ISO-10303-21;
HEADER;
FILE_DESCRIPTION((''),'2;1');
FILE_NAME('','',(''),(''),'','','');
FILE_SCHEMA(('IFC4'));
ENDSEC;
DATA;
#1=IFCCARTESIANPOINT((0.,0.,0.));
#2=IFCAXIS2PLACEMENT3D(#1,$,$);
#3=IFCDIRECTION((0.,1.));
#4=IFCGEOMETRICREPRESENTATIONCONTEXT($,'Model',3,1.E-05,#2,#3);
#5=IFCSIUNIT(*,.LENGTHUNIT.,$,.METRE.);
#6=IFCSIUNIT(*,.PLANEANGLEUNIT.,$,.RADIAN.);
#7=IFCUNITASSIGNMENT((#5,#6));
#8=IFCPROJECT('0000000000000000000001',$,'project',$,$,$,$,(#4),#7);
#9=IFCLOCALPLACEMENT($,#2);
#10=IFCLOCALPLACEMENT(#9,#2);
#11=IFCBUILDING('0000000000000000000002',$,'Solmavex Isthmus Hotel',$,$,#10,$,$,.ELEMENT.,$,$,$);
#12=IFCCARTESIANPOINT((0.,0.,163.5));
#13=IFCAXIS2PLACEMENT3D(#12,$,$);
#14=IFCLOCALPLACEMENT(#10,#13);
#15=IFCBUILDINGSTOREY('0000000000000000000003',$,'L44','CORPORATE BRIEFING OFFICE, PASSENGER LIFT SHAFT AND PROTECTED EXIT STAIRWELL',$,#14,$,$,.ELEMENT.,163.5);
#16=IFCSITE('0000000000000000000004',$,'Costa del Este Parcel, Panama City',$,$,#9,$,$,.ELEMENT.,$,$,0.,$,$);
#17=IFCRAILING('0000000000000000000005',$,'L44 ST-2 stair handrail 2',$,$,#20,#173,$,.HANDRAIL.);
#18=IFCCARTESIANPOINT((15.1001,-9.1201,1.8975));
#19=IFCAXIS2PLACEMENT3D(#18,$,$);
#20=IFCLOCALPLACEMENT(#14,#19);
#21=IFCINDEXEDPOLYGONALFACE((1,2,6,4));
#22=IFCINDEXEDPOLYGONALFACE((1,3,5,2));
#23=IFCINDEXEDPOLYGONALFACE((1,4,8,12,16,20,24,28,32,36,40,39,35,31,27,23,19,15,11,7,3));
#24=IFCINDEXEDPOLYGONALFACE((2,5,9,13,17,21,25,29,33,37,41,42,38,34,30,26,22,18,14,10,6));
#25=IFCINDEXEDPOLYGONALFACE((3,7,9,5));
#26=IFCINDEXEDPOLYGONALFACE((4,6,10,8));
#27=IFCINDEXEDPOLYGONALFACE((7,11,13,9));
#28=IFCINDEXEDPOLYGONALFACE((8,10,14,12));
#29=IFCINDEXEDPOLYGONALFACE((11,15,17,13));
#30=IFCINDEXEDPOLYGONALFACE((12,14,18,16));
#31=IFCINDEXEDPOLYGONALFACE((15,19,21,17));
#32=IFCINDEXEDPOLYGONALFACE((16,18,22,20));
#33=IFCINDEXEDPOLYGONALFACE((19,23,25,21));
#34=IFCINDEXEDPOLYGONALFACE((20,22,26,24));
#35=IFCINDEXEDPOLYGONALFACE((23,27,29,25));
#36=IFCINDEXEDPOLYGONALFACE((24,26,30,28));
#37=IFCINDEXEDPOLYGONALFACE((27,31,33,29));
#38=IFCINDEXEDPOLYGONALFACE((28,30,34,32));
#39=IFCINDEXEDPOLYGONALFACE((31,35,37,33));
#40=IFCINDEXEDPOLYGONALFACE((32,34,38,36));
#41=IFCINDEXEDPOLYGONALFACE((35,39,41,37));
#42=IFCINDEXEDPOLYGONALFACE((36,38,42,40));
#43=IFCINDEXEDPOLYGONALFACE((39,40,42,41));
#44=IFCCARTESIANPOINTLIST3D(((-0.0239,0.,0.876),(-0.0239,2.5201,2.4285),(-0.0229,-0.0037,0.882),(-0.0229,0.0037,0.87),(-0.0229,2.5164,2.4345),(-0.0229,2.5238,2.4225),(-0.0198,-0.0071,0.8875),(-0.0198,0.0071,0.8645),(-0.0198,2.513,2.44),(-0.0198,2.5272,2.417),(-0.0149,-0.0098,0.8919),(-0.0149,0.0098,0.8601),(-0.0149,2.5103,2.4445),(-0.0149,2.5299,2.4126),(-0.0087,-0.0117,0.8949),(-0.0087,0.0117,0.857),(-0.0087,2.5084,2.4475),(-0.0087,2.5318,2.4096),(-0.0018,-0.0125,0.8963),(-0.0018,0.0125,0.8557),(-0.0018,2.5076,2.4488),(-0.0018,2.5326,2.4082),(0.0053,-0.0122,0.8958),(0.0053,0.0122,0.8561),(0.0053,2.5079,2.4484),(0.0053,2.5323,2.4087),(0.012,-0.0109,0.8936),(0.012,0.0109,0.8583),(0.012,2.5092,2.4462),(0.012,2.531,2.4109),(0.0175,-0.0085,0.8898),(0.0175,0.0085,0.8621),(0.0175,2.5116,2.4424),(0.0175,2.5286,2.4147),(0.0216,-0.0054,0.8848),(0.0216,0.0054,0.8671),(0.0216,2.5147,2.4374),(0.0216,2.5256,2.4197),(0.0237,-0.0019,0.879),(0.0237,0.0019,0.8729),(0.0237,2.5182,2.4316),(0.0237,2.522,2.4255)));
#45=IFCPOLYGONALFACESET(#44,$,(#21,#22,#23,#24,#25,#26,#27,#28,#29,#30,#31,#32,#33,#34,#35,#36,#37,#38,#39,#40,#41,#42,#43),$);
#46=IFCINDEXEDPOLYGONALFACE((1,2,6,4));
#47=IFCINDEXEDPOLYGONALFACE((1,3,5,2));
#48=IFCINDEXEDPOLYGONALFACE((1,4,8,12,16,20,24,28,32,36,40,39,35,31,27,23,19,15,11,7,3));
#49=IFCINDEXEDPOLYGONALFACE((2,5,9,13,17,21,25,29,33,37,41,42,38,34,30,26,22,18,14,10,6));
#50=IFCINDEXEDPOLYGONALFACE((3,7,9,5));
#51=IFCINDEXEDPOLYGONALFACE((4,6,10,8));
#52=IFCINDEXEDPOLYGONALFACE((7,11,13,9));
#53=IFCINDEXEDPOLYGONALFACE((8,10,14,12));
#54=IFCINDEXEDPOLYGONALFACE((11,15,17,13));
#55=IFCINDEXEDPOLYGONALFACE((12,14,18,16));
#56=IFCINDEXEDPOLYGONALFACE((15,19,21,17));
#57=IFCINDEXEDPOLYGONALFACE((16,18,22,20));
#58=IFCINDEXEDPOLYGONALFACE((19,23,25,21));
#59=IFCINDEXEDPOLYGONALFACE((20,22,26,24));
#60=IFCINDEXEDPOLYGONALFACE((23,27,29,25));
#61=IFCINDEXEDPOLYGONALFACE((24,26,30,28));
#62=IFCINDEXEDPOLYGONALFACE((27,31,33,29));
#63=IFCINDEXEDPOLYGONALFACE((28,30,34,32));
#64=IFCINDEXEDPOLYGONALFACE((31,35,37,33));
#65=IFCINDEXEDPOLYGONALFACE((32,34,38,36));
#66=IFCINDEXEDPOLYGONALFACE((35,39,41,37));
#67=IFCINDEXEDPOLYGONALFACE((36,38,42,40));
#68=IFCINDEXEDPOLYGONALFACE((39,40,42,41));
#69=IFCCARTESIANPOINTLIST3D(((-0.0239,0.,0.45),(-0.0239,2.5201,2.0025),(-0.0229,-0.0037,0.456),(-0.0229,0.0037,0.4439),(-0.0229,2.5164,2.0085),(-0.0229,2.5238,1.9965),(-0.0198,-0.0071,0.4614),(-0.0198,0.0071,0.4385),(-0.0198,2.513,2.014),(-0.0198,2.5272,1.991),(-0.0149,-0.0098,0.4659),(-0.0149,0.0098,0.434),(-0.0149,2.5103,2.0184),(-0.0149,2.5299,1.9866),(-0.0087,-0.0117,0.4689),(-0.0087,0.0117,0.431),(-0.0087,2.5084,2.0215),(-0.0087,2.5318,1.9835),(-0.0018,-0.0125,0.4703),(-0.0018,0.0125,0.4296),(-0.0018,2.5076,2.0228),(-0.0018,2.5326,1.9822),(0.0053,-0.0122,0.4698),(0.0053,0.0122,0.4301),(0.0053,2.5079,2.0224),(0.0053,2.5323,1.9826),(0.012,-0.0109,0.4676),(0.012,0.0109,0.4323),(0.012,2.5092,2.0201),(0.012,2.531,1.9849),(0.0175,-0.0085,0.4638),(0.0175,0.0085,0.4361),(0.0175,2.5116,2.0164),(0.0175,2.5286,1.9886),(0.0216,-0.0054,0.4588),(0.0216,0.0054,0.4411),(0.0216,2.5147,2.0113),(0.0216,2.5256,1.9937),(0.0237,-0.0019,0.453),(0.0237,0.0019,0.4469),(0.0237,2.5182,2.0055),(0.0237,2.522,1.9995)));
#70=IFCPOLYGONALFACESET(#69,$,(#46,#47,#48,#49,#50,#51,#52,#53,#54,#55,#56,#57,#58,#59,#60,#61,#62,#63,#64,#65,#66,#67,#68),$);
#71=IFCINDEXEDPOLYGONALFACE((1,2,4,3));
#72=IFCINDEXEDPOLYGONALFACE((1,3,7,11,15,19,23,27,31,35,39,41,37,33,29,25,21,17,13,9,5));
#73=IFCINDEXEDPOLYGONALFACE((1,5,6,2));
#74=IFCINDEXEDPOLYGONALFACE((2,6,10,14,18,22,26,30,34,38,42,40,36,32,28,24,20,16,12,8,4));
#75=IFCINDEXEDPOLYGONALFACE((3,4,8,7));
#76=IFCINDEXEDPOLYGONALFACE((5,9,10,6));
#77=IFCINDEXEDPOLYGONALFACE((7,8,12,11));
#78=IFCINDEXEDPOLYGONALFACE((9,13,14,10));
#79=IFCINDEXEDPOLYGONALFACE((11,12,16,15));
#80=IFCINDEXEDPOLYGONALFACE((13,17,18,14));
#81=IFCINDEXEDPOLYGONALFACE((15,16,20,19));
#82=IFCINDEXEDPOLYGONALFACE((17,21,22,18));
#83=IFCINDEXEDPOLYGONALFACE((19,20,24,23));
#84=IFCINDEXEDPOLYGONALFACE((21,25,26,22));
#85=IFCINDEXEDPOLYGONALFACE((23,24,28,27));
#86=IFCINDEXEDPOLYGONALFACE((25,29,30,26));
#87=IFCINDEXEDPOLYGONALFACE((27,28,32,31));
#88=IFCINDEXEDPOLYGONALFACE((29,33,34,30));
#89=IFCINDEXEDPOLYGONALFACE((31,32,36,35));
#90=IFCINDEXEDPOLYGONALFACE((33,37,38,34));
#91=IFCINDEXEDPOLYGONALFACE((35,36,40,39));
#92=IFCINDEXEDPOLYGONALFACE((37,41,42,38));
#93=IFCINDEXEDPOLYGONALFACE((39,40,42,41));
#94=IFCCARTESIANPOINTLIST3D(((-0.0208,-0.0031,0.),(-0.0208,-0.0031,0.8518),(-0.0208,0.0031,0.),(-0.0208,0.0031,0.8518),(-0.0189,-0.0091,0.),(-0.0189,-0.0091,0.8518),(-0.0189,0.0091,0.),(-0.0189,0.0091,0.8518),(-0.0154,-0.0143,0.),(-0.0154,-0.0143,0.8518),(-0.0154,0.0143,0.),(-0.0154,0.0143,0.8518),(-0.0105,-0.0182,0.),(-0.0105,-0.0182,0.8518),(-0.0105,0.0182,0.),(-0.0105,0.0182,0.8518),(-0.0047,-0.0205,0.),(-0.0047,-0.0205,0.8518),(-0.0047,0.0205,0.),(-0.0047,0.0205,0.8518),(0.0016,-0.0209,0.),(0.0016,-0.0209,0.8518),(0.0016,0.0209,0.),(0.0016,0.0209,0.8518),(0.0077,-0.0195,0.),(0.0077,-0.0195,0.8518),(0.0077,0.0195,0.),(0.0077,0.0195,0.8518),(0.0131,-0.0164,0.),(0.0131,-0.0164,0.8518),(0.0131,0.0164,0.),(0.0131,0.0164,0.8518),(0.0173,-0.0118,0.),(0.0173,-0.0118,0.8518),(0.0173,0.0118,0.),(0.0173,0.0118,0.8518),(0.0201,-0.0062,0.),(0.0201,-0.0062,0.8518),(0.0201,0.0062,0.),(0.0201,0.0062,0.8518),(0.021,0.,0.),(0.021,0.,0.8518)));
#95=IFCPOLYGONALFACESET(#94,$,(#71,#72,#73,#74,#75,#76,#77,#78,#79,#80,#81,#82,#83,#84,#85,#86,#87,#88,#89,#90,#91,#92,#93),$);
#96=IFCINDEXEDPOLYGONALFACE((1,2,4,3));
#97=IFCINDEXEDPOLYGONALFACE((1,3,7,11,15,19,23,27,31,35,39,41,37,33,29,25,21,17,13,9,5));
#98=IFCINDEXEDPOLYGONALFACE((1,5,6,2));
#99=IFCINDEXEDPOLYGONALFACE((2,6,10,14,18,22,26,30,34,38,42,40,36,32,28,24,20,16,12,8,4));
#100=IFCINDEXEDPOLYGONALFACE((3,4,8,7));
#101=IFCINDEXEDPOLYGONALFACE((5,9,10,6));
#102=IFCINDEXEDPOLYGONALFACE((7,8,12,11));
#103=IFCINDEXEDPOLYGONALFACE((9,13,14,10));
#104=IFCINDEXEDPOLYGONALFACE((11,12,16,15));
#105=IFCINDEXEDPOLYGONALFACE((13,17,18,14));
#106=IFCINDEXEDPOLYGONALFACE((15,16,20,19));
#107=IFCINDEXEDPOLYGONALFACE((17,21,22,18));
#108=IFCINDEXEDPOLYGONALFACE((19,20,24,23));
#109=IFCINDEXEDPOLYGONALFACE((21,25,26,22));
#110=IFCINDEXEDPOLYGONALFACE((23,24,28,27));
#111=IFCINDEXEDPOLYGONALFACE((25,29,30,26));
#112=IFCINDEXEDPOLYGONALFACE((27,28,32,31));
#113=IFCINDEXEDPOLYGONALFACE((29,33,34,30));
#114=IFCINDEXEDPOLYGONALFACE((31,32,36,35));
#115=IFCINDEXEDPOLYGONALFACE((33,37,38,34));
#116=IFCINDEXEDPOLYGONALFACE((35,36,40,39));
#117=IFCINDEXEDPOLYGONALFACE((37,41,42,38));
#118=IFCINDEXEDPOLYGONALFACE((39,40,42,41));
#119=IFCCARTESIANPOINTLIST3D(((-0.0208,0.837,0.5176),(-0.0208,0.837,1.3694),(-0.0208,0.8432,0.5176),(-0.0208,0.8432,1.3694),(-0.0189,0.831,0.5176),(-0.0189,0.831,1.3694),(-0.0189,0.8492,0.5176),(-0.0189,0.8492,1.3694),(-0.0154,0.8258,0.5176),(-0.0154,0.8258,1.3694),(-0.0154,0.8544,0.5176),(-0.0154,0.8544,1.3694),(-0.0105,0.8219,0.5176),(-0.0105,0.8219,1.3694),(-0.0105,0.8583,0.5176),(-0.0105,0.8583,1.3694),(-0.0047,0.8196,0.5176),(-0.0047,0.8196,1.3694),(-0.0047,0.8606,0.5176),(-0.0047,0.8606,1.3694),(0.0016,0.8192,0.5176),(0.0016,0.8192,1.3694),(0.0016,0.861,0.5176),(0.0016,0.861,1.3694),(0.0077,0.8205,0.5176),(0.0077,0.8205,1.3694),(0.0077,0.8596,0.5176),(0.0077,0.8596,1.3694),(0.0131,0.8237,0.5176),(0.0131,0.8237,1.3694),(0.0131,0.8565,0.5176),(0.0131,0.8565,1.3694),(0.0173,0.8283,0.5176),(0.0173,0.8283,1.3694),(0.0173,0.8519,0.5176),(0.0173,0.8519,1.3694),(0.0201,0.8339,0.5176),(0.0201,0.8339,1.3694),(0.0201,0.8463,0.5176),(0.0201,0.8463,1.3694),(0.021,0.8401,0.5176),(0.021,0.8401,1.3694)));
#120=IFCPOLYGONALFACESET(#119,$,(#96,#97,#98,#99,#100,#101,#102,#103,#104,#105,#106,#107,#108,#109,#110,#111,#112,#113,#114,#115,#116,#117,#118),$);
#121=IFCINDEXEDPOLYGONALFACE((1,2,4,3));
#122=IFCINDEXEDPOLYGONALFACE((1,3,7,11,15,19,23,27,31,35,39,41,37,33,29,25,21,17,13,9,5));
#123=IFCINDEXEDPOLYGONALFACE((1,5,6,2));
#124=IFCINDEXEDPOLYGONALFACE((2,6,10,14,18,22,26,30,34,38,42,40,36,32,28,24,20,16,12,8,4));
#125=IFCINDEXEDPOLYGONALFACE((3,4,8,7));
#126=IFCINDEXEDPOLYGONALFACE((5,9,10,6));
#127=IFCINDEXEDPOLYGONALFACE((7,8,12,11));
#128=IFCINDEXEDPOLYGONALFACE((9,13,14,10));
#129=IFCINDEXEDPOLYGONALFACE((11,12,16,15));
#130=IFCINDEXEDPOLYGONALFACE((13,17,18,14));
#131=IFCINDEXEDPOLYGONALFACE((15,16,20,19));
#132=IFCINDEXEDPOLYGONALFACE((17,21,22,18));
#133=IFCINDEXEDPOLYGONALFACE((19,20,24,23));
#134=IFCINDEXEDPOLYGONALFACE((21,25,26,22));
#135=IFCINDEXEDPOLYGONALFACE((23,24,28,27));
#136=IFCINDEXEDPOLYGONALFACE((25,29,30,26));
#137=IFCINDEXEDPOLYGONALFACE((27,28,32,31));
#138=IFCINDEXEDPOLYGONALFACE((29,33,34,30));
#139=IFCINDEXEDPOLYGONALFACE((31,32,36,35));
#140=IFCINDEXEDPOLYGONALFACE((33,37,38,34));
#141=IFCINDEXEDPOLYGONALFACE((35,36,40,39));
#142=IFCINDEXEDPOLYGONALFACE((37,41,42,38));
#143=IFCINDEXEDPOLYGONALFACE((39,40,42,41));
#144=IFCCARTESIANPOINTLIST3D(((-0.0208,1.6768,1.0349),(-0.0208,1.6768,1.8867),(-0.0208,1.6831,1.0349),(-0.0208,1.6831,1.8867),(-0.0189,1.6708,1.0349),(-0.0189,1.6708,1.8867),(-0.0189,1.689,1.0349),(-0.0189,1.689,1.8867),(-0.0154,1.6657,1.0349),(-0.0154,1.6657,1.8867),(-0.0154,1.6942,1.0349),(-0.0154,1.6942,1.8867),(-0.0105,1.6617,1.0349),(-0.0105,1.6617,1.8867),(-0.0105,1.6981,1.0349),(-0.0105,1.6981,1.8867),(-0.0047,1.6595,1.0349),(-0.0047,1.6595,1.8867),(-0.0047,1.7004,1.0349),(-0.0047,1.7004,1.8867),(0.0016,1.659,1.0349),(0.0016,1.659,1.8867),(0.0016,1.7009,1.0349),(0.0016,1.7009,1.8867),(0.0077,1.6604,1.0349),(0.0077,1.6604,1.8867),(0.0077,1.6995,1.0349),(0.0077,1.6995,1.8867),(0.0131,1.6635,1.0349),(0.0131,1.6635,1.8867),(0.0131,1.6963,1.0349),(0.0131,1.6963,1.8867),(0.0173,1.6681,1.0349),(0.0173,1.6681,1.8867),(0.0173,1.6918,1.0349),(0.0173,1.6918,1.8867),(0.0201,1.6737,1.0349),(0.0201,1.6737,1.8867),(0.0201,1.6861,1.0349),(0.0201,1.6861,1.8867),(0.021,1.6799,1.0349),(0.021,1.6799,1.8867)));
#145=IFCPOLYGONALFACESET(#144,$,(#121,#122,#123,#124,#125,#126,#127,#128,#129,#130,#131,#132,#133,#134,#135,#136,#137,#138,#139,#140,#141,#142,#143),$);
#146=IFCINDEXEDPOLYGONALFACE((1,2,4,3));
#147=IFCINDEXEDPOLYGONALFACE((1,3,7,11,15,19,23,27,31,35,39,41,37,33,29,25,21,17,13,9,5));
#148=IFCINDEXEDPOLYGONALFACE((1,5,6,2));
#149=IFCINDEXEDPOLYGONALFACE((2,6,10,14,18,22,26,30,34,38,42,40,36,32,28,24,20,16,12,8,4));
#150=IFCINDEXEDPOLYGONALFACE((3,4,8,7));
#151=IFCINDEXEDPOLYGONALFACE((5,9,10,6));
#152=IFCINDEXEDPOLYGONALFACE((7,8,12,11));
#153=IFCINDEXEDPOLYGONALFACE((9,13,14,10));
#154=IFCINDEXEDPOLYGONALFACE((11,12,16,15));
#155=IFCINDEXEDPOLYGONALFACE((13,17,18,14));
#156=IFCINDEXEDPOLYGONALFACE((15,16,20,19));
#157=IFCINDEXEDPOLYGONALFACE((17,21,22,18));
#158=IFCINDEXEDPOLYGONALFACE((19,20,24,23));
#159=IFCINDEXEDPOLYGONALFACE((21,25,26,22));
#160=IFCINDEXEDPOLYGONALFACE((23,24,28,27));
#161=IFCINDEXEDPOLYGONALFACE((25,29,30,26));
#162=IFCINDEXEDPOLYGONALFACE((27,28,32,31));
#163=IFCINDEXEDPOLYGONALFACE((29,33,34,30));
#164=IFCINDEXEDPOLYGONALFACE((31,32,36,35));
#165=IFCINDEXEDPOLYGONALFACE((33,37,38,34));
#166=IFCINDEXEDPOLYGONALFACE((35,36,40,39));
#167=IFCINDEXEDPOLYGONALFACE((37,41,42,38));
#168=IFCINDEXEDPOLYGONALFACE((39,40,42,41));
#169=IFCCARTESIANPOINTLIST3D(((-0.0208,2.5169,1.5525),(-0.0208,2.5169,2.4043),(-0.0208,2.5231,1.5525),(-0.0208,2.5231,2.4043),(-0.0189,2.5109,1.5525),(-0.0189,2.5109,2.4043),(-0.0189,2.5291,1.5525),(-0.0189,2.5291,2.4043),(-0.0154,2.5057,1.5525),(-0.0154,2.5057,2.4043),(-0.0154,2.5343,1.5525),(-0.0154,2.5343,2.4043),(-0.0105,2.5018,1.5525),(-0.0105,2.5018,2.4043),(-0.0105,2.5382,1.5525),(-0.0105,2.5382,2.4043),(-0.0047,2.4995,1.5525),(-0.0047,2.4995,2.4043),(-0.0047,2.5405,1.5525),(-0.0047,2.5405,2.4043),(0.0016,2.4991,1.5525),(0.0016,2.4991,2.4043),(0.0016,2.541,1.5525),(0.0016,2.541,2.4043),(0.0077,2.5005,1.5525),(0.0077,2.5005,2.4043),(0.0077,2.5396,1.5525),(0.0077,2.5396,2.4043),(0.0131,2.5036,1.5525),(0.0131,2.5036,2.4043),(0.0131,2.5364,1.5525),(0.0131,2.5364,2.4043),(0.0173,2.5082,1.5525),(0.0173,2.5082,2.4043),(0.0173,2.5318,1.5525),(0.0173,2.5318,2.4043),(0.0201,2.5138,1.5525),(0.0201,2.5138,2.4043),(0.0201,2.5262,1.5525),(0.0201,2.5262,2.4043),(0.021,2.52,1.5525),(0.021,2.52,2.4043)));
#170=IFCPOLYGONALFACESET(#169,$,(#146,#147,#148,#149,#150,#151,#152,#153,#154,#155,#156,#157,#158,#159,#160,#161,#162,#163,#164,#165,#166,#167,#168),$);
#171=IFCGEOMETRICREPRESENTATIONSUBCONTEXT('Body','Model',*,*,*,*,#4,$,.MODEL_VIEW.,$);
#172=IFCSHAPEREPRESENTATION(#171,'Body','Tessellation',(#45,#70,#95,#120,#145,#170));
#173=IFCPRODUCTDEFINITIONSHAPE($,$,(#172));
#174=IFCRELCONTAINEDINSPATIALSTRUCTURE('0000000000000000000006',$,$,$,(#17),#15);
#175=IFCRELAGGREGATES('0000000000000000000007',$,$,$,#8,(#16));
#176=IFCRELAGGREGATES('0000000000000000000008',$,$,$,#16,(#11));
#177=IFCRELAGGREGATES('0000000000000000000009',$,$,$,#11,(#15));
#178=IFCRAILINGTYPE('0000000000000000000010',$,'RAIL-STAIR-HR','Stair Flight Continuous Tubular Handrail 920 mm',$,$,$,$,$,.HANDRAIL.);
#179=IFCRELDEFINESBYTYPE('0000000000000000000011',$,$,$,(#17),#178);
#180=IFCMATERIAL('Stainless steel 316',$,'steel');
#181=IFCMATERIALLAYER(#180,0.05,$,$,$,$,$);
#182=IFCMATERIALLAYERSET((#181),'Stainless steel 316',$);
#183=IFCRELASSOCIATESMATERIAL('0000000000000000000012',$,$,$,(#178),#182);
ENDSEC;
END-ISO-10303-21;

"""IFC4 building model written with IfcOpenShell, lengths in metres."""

from ifc_helpers import new_model, si_unit, direction, frame, origin, origin_2d, place, context, subcontext, project, spatial, circle, extrude, material, layer, layer_set, type_object, element, save


model = new_model("IFC4")

# Units and contexts
model_context = context("Model", 3, precision=1e-05, world=origin(), true_north=direction((0.0, 1.0)))
body_context = subcontext(model_context, "Body", "Model", "MODEL_VIEW")
ifc_project = project(units=[si_unit("LENGTHUNIT", "METRE"), si_unit("PLANEANGLEUNIT", "RADIAN")], contexts=[model_context])

# Site, building, storey
site_placement = place(None, origin())
site = spatial("IfcSite", under=ifc_project, at=site_placement, Name="Costa del Este Parcel, Panama City", CompositionType="ELEMENT", RefElevation=0.0)
building_placement = place(site_placement, origin())
building = spatial("IfcBuilding", under=site, at=building_placement, Name="Solmavex Isthmus Hotel", CompositionType="ELEMENT")
storey_placement = place(building_placement, frame((0.0, 0.0, 163.5)))
storey = spatial("IfcBuildingStorey", under=building, at=storey_placement, Name="L44", Description="CORPORATE BRIEFING OFFICE, PASSENGER LIFT SHAFT AND PROTECTED EXIT STAIRWELL", CompositionType="ELEMENT", Elevation=163.5)

# Railing
ifc_material_1 = material(Name="Stainless steel 316", Category="steel")
ifc_layer_1 = layer(ifc_material_1, 0.05)
ifc_layer_set_1 = layer_set([ifc_layer_1], Name="Stainless steel 316")
railing_type_1 = type_object("IfcRailingType", Name="RAIL-STAIR-HR", Description="Stair Flight Continuous Tubular Handrail 920 mm", PredefinedType="HANDRAIL", material=ifc_layer_set_1)
railing_1_placement = place(storey_placement, frame((15.1001, -9.1201, 1.8975)))
element("IfcRailing", 1, at=railing_1_placement, inside=storey, type_object=railing_type_1, Name="L44 ST-2 stair handrail 2", PredefinedType="HANDRAIL", context=body_context, shape_type="SweptSolid", body=[
    extrude(circle(Radius=0.0239, at=origin_2d()), frame((0.0, 0.0, 0.876), z_axis=(0.0, 0.8514, 0.524516), x_axis=(-1.0, 0.0, 0.0)), (0.0, 0.0, 1.0), 2.96),
    extrude(circle(Radius=0.0239, at=origin_2d()), frame((0.0, 0.0, 0.45), z_axis=(0.0, 0.8514, 0.524516), x_axis=(-1.0, 0.0, 0.0)), (0.0, 0.0, 1.0), 2.96),
    extrude(circle(Radius=0.021, at=origin_2d()), origin(), (0.0, 0.0, 1.0), 0.8518),
    extrude(circle(Radius=0.021, at=origin_2d()), frame((0.0, 0.8401, 0.5176)), (0.0, 0.0, 1.0), 0.8518),
    extrude(circle(Radius=0.021, at=origin_2d()), frame((0.0, 1.6799, 1.0349)), (0.0, 0.0, 1.0), 0.8518),
    extrude(circle(Radius=0.021, at=origin_2d()), frame((0.0, 2.52, 1.5525)), (0.0, 0.0, 1.0), 0.8518),
])

save(model, "model.ifc")
